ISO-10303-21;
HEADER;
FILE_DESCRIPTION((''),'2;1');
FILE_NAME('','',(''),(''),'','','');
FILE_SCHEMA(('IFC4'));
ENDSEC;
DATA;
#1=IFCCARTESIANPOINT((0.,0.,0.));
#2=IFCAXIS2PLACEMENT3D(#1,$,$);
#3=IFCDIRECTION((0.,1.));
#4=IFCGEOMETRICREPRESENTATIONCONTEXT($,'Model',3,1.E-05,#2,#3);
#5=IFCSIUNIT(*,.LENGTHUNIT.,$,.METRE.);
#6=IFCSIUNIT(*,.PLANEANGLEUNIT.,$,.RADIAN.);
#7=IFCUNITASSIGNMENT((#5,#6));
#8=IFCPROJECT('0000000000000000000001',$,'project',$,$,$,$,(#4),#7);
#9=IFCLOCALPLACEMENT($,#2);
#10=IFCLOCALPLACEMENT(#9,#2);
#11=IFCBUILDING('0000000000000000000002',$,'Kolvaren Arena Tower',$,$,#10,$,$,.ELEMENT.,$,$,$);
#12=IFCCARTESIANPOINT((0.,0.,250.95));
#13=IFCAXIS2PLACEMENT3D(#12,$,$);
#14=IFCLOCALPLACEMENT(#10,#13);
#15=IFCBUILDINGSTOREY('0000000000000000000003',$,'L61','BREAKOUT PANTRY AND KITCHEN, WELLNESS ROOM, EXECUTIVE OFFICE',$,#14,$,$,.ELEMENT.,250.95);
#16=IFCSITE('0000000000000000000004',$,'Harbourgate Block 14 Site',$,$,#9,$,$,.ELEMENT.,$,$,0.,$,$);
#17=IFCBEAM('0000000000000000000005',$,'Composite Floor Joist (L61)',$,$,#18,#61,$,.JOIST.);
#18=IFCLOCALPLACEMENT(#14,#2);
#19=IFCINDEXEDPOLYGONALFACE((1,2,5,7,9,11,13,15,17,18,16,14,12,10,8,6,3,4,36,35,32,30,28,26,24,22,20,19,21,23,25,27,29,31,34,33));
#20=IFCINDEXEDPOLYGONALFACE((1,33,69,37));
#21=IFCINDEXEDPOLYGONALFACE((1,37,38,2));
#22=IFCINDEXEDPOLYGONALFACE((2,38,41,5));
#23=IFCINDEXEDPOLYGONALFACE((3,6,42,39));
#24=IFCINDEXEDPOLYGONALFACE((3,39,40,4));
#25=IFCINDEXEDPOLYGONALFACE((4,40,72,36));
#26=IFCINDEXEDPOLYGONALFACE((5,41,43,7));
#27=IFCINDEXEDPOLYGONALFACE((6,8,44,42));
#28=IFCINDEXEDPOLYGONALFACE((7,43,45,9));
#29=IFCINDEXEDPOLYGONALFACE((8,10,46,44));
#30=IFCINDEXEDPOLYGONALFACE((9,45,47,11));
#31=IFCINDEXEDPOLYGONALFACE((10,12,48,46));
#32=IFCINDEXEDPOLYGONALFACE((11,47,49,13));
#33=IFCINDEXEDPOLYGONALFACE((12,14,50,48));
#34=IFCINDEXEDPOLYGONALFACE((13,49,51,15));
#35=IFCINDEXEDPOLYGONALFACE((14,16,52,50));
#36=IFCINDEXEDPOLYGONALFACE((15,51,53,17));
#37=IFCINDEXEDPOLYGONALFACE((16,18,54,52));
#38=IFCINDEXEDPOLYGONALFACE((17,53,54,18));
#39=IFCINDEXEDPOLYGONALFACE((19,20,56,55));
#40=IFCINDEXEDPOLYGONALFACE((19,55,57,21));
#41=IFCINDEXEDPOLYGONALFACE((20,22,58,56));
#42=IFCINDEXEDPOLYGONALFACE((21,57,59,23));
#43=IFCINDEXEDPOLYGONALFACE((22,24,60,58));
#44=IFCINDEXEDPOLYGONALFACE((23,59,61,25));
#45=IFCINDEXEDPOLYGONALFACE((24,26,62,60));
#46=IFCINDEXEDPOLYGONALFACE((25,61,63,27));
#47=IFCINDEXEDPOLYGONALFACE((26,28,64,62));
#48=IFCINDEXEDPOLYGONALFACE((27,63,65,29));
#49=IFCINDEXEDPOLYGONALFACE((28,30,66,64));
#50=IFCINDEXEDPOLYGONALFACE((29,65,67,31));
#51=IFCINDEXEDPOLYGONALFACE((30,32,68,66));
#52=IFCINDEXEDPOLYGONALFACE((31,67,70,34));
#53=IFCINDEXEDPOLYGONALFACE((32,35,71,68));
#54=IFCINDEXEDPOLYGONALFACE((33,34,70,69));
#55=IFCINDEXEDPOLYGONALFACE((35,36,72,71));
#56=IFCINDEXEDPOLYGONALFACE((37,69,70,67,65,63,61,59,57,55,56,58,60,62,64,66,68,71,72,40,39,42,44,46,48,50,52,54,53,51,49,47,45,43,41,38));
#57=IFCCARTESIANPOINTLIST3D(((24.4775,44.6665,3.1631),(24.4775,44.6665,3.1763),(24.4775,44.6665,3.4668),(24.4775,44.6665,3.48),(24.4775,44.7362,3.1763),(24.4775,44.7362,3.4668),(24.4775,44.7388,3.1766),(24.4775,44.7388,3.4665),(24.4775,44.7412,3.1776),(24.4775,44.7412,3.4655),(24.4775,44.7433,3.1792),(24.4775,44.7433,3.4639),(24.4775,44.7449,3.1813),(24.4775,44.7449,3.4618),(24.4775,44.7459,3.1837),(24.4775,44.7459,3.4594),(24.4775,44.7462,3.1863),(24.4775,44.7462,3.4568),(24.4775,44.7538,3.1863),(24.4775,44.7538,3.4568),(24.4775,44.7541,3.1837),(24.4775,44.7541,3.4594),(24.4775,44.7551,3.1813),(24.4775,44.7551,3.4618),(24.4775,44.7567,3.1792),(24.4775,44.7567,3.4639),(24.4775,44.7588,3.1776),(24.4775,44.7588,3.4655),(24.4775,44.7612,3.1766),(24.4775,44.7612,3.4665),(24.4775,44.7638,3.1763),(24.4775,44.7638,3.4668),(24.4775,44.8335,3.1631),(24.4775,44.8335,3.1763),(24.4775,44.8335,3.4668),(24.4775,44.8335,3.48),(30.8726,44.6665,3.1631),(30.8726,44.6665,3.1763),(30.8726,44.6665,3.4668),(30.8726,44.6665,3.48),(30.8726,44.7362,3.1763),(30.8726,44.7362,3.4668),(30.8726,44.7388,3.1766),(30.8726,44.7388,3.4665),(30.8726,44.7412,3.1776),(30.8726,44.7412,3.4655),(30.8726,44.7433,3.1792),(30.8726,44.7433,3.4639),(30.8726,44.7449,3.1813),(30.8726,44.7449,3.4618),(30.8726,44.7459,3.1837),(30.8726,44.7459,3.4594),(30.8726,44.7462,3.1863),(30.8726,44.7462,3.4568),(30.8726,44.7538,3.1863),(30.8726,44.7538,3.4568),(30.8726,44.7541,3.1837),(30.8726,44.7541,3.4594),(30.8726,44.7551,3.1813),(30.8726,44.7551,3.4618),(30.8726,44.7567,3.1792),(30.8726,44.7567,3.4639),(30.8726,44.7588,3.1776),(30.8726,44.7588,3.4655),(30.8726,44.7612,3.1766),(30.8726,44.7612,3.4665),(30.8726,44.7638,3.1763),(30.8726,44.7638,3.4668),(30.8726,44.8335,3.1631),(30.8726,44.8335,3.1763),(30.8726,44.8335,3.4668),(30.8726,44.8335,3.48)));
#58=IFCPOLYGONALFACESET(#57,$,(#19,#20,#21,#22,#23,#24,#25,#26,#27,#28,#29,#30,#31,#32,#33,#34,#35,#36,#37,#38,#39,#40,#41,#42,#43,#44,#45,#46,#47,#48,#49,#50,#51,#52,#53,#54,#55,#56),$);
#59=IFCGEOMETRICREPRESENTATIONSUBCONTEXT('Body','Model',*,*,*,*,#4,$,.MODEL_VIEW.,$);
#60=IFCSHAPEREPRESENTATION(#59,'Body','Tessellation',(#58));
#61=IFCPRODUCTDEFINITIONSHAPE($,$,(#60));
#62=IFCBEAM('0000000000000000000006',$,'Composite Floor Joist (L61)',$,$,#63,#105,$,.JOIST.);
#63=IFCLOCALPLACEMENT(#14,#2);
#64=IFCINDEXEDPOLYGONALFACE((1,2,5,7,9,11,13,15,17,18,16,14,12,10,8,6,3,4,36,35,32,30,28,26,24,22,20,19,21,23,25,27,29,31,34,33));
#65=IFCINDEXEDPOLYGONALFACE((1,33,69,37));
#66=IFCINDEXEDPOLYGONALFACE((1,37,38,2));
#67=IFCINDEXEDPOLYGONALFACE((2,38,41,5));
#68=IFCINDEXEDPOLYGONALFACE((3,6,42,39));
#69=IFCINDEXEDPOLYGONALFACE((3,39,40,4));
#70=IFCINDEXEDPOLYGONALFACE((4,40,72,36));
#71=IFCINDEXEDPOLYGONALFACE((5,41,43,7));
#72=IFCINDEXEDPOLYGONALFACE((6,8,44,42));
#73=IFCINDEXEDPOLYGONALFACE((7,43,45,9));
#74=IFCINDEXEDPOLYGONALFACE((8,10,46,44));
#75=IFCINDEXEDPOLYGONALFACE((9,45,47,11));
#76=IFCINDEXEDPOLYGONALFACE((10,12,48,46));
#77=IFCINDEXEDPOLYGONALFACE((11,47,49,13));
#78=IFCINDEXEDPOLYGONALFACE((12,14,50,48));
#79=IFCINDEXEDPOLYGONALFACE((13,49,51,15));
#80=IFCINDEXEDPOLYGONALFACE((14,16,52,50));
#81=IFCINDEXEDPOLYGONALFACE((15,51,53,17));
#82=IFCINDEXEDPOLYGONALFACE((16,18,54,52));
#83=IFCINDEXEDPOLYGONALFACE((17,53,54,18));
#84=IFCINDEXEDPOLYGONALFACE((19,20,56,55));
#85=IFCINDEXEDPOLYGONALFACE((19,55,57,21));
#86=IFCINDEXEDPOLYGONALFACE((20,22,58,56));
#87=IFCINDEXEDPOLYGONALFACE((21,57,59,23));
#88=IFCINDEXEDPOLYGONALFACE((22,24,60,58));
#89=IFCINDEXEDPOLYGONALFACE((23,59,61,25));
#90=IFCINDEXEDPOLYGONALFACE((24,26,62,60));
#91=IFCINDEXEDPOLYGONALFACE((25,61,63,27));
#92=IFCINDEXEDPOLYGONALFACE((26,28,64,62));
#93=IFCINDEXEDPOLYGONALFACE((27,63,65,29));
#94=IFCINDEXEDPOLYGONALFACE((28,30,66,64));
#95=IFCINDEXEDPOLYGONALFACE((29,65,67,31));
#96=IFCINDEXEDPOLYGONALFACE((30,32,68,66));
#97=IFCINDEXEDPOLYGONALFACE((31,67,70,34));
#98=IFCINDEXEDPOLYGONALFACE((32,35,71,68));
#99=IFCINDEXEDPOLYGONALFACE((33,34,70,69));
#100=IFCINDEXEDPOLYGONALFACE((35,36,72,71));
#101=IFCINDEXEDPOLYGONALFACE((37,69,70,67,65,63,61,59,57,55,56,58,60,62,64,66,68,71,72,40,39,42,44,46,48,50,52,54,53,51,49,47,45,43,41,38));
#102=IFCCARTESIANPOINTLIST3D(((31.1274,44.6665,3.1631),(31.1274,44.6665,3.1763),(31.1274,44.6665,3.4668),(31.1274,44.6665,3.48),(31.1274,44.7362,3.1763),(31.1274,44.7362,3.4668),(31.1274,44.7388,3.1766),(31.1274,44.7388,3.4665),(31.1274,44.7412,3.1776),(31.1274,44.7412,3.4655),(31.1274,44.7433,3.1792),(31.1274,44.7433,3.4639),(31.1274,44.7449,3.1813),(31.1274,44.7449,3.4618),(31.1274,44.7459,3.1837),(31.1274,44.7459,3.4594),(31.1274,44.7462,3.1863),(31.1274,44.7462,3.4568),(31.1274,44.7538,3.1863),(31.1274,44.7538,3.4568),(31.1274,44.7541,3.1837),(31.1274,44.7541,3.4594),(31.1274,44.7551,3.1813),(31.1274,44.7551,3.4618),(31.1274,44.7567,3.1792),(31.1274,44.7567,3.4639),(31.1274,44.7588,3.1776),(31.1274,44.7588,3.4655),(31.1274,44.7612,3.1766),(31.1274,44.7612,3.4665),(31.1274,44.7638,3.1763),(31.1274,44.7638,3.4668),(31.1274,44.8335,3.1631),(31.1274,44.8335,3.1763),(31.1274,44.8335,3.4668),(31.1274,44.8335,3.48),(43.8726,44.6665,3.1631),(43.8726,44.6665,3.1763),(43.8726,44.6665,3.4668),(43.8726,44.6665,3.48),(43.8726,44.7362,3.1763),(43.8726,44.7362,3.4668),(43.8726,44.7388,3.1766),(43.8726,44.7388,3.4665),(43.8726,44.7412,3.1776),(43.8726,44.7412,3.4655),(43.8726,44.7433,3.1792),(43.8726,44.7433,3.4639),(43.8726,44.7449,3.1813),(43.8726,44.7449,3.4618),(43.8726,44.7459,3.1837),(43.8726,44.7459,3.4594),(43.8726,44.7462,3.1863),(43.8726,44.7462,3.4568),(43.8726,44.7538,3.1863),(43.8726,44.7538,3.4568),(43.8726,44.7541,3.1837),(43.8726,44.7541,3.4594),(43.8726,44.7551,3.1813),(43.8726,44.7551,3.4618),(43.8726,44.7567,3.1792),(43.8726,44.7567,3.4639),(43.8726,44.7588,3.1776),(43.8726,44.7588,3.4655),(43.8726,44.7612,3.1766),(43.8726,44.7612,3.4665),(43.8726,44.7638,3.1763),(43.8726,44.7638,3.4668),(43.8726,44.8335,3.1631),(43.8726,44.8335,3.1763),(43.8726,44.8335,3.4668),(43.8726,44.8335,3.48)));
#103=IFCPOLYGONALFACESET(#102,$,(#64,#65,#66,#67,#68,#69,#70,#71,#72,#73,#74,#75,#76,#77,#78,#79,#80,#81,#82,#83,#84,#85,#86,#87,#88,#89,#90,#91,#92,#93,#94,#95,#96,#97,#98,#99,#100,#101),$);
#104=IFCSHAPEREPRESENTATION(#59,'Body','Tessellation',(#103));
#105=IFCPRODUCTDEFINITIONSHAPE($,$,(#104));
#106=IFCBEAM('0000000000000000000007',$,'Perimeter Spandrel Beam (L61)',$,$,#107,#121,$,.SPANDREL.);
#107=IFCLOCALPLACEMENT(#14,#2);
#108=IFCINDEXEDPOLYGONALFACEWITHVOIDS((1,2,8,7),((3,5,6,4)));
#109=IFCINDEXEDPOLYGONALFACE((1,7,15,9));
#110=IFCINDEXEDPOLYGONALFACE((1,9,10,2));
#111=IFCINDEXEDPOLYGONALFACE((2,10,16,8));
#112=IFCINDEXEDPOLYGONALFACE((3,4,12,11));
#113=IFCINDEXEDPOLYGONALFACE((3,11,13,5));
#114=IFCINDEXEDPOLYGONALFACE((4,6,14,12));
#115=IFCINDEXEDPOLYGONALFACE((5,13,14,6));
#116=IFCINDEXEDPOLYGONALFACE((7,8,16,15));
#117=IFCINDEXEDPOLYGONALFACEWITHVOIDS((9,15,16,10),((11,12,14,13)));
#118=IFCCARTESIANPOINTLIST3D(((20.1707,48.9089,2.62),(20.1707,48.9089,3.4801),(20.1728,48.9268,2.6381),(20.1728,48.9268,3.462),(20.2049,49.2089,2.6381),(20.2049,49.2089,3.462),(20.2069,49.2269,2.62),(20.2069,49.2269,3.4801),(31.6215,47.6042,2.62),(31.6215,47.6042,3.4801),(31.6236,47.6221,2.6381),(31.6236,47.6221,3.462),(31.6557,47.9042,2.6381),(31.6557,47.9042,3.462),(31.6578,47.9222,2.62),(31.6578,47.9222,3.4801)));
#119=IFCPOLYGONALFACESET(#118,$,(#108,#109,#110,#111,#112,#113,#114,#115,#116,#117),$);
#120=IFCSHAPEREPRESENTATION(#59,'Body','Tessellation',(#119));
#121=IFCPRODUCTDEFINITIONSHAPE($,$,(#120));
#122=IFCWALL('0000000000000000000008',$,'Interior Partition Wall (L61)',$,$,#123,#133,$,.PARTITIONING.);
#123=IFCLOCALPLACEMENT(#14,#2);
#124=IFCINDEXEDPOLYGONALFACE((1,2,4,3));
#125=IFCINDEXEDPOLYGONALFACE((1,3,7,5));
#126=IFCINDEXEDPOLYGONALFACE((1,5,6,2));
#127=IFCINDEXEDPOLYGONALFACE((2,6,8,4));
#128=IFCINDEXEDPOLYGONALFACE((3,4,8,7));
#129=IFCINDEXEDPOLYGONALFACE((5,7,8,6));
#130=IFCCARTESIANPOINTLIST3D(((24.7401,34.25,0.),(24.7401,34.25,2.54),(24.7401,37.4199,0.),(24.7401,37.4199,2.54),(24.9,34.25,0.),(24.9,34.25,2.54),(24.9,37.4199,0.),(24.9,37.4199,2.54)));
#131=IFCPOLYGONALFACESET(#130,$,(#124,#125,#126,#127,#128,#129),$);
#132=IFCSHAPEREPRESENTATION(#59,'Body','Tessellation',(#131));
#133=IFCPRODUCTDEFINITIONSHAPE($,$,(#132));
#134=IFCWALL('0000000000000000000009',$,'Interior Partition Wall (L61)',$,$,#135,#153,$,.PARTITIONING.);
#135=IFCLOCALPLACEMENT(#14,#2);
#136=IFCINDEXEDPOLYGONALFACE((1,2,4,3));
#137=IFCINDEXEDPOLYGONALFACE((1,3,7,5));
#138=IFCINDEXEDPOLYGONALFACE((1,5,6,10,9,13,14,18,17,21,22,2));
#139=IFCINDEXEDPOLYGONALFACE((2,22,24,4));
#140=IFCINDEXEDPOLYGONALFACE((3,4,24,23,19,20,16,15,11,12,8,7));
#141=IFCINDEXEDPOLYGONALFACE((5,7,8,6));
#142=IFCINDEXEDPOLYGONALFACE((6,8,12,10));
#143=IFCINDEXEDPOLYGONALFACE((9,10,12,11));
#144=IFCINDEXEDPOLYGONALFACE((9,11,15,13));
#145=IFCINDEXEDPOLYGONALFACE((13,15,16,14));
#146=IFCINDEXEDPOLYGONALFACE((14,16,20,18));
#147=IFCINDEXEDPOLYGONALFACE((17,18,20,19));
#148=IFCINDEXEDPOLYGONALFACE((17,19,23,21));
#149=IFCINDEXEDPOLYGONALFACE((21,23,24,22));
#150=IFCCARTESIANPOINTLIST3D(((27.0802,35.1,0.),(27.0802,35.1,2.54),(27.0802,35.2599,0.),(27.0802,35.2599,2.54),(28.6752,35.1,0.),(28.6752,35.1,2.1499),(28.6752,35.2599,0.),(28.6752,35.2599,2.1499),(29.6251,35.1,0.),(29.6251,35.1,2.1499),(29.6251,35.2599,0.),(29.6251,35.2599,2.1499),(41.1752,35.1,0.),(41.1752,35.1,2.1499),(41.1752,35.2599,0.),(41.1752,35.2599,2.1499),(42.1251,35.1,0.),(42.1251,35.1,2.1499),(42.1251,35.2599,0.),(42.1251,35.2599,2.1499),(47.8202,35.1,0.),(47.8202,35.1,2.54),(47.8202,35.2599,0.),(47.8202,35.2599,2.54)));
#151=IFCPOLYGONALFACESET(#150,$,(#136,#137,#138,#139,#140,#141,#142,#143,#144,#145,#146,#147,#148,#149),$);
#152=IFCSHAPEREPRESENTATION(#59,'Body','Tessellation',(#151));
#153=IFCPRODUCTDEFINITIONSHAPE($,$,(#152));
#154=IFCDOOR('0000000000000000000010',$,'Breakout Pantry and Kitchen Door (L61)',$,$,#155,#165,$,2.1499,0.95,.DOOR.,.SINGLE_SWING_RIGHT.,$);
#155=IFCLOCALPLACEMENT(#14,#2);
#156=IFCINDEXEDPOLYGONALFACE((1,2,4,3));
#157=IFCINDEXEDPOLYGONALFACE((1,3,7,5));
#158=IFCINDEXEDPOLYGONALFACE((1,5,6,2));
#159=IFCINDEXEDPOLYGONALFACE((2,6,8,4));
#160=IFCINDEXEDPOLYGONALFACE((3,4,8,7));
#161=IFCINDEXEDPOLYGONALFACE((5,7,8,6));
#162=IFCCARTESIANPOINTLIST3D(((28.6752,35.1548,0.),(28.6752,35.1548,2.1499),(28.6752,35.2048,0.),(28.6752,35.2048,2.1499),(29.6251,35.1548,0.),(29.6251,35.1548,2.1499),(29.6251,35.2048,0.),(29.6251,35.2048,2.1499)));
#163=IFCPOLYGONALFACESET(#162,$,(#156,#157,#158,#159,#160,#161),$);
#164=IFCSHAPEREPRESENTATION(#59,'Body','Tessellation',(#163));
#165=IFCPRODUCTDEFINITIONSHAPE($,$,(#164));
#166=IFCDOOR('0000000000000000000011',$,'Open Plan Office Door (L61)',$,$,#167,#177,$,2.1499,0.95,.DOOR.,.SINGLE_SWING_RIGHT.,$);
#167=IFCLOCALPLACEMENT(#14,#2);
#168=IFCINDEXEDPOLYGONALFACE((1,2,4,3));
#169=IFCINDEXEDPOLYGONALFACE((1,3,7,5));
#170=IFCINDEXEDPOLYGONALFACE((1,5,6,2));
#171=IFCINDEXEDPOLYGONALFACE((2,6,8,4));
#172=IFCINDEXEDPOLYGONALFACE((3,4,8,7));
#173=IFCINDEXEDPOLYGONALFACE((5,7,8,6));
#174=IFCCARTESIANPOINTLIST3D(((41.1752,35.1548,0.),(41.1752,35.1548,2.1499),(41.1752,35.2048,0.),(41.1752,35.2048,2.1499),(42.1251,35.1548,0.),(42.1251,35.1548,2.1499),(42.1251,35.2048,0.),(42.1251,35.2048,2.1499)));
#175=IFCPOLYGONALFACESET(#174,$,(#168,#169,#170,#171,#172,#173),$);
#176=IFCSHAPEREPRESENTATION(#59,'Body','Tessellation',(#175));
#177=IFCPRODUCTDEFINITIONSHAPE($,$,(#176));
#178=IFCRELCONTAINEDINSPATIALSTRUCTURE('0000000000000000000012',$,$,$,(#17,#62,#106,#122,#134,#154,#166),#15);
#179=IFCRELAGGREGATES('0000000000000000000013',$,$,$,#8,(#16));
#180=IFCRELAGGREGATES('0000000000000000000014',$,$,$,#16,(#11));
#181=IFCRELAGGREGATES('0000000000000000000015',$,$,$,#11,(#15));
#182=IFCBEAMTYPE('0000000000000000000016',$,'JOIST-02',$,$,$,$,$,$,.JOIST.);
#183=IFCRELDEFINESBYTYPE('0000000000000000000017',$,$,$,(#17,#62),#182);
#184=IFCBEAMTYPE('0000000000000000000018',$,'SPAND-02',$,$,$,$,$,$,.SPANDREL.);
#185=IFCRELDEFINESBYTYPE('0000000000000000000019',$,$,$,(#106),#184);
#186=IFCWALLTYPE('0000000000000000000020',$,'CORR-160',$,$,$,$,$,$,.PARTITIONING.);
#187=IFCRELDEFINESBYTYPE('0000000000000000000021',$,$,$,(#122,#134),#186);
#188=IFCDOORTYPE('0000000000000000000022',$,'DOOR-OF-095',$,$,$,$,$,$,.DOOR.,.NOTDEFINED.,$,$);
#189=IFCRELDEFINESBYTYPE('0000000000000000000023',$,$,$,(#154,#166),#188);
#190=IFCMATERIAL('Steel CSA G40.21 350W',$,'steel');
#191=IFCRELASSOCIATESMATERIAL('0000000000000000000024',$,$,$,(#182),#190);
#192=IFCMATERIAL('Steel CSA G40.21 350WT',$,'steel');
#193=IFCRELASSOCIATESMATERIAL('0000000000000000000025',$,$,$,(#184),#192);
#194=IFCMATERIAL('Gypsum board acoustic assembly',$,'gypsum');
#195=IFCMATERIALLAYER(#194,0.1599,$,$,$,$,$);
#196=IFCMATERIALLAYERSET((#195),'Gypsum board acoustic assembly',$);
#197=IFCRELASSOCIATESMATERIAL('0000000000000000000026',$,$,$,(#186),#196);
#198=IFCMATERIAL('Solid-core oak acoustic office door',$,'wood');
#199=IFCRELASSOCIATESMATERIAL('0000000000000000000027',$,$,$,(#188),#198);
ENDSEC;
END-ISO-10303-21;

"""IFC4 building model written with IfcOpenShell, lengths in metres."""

from ifc_helpers import new_model, si_unit, direction, frame, frame_2d, origin, origin_2d, place, context, subcontext, project, spatial, rectangle, hollow_rectangle, i_section, extrude, material, layer, layer_set, material_profile, profile_set, type_object, element, fill, save


model = new_model("IFC4")

# Units and contexts
model_context = context("Model", 3, precision=1e-05, world=origin(), true_north=direction((0.0, 1.0)))
body_context = subcontext(model_context, "Body", "Model", "MODEL_VIEW")
ifc_project = project(units=[si_unit("LENGTHUNIT", "METRE"), si_unit("PLANEANGLEUNIT", "RADIAN")], contexts=[model_context])

# Site, building, storey
site_placement = place(None, origin())
site = spatial("IfcSite", under=ifc_project, at=site_placement, Name="Harbourgate Block 14 Site", CompositionType="ELEMENT", RefElevation=0.0)
building_placement = place(site_placement, origin())
building = spatial("IfcBuilding", under=site, at=building_placement, Name="Kolvaren Arena Tower", CompositionType="ELEMENT")
storey_placement = place(building_placement, frame((0.0, 0.0, 250.95)))
storey = spatial("IfcBuildingStorey", under=building, at=storey_placement, Name="L61", Description="BREAKOUT PANTRY AND KITCHEN, WELLNESS ROOM, EXECUTIVE OFFICE", CompositionType="ELEMENT", Elevation=250.95)

# Beams
ifc_material_1 = material(Name="Steel CSA G40.21 350W", Category="steel")
ifc_material_profile_1 = material_profile(ifc_material_1, i_section(OverallWidth=0.167, OverallDepth=0.3169, WebThickness=0.0076, FlangeThickness=0.0132, FilletRadius=0.01, at=origin_2d()), Name="W310x52")
ifc_profile_set_1 = profile_set([ifc_material_profile_1], Name="Steel CSA G40.21 350W")
beam_type_1 = type_object("IfcBeamType", Name="JOIST-02", PredefinedType="JOIST", material=ifc_profile_set_1)
beam_1_placement = place(storey_placement, frame((24.4775, 44.75, 3.3215), z_axis=(1.0, 0.0, 0.0), x_axis=(0.0, 1.0, 0.0)))
element("IfcBeam", 1, at=beam_1_placement, inside=storey, type_object=beam_type_1, Name="Composite Floor Joist (L61)", PredefinedType="JOIST", context=body_context, shape_type="SweptSolid", body=[
    extrude(i_section(OverallWidth=0.167, OverallDepth=0.3169, WebThickness=0.0076, FlangeThickness=0.0132, FilletRadius=0.01, at=origin_2d()), origin(), (0.0, 0.0, 1.0), 6.395),
])
beam_2_placement = place(storey_placement, frame((31.1274, 44.75, 3.3215), z_axis=(1.0, 0.0, 0.0), x_axis=(0.0, 1.0, 0.0)))
element("IfcBeam", 2, at=beam_2_placement, inside=storey, type_object=beam_type_1, Name="Composite Floor Joist (L61)", PredefinedType="JOIST", context=body_context, shape_type="SweptSolid", body=[
    extrude(i_section(OverallWidth=0.167, OverallDepth=0.3169, WebThickness=0.0076, FlangeThickness=0.0132, FilletRadius=0.01, at=origin_2d()), origin(), (0.0, 0.0, 1.0), 12.7451),
])
ifc_material_2 = material(Name="Steel CSA G40.21 350WT", Category="steel")
ifc_material_profile_2 = material_profile(ifc_material_2, hollow_rectangle(XDim=0.3201, YDim=0.8601, WallThickness=0.0181, at=origin_2d()), Name="HSS 860x320x18")
ifc_profile_set_2 = profile_set([ifc_material_profile_2], Name="Steel CSA G40.21 350WT")
beam_type_2 = type_object("IfcBeamType", Name="SPAND-02", PredefinedType="SPANDREL", material=ifc_profile_set_2)
beam_3_placement = place(storey_placement, frame((31.6396, 47.7632, 3.05), z_axis=(-0.993572, 0.113205, 0.0), x_axis=(-0.113205, -0.993572, 0.0)))
element("IfcBeam", 3, at=beam_3_placement, inside=storey, type_object=beam_type_2, Name="Perimeter Spandrel Beam (L61)", PredefinedType="SPANDREL", context=body_context, shape_type="SweptSolid", body=[
    extrude(hollow_rectangle(XDim=0.3201, YDim=0.8601, WallThickness=0.0181, at=origin_2d()), origin(), (0.0, 0.0, 1.0), 11.5249),
])

# Wall
ifc_material_3 = material(Name="Gypsum board acoustic assembly", Category="gypsum")
ifc_layer_1 = layer(ifc_material_3, 0.1599)
ifc_layer_set_1 = layer_set([ifc_layer_1], Name="Gypsum board acoustic assembly")
wall_type_1 = type_object("IfcWallType", Name="CORR-160", PredefinedType="PARTITIONING", material=ifc_layer_set_1)
wall_1_placement = place(storey_placement, frame((24.8201, 34.25, 0.0), z_axis=(0.0, 0.0, 1.0), x_axis=(0.0, 1.0, 0.0)))
element("IfcWall", 4, at=wall_1_placement, inside=storey, type_object=wall_type_1, Name="Interior Partition Wall (L61)", PredefinedType="PARTITIONING", context=body_context, shape_type="SweptSolid", body=[
    extrude(rectangle(XDim=3.1699, YDim=0.1599, at=frame_2d((1.585, 0.0))), origin(), (0.0, 0.0, 1.0), 2.54),
])

# Wall, openings, doors
ifc_material_4 = material(Name="Solid-core oak acoustic office door", Category="wood")
door_type = type_object("IfcDoorType", Name="DOOR-OF-095", OperationType="NOTDEFINED", PredefinedType="DOOR", material=ifc_material_4)
wall_2_placement = place(storey_placement, frame((27.0801, 35.1799, 0.0), z_axis=(0.0, 0.0, 1.0), x_axis=(1.0, 0.0, 0.0)))
wall_2 = element("IfcWall", 5, at=wall_2_placement, inside=storey, type_object=wall_type_1, Name="Interior Partition Wall (L61)", PredefinedType="PARTITIONING", context=body_context, shape_type="SweptSolid", body=[
    extrude(rectangle(XDim=20.74, YDim=0.1599, at=frame_2d((10.3701, 0.0))), origin(), (0.0, 0.0, 1.0), 2.54),
])
opening_1_placement = place(wall_2_placement, frame((1.595, 0.0, 0.0)))
opening_1 = element("IfcOpeningElement", 6, at=opening_1_placement, cuts=wall_2, PredefinedType="OPENING", context=body_context, shape_type="SweptSolid", body=[
    extrude(rectangle(XDim=0.95, YDim=2.1499, at=frame_2d((0.4751, 1.075))), frame((0.0, 0.0898, 0.0), z_axis=(0.0, -1.0, 0.0), x_axis=(1.0, 0.0, 0.0)), (0.0, 0.0, 1.0), 0.1799),
])
opening_2_placement = place(wall_2_placement, frame((14.095, 0.0, 0.0)))
opening_2 = element("IfcOpeningElement", 7, at=opening_2_placement, cuts=wall_2, PredefinedType="OPENING", context=body_context, shape_type="SweptSolid", body=[
    extrude(rectangle(XDim=0.95, YDim=2.1499, at=frame_2d((0.4751, 1.075))), frame((0.0, 0.0898, 0.0), z_axis=(0.0, -1.0, 0.0), x_axis=(1.0, 0.0, 0.0)), (0.0, 0.0, 1.0), 0.1799),
])
door_1_placement = place(opening_1_placement, origin())
door_1 = element("IfcDoor", 8, at=door_1_placement, inside=storey, type_object=door_type, Name="Breakout Pantry and Kitchen Door (L61)", OperationType="SINGLE_SWING_RIGHT", OverallHeight=2.1499, OverallWidth=0.95, PredefinedType="DOOR", context=body_context, shape_type="SweptSolid", body=[
    extrude(rectangle(XDim=0.95, YDim=2.1499, at=frame_2d((0.4751, 1.075))), frame((0.0, 0.0249, 0.0), z_axis=(0.0, -1.0, 0.0), x_axis=(1.0, 0.0, 0.0)), (0.0, 0.0, 1.0), 0.05),
])
fill(opening_1, door_1)
door_2_placement = place(opening_2_placement, origin())
door_2 = element("IfcDoor", 9, at=door_2_placement, inside=storey, type_object=door_type, Name="Open Plan Office Door (L61)", OperationType="SINGLE_SWING_RIGHT", OverallHeight=2.1499, OverallWidth=0.95, PredefinedType="DOOR", context=body_context, shape_type="SweptSolid", body=[
    extrude(rectangle(XDim=0.95, YDim=2.1499, at=frame_2d((0.4751, 1.075))), frame((0.0, 0.0249, 0.0), z_axis=(0.0, -1.0, 0.0), x_axis=(1.0, 0.0, 0.0)), (0.0, 0.0, 1.0), 0.05),
])
fill(opening_2, door_2)

save(model, "model.ifc")
